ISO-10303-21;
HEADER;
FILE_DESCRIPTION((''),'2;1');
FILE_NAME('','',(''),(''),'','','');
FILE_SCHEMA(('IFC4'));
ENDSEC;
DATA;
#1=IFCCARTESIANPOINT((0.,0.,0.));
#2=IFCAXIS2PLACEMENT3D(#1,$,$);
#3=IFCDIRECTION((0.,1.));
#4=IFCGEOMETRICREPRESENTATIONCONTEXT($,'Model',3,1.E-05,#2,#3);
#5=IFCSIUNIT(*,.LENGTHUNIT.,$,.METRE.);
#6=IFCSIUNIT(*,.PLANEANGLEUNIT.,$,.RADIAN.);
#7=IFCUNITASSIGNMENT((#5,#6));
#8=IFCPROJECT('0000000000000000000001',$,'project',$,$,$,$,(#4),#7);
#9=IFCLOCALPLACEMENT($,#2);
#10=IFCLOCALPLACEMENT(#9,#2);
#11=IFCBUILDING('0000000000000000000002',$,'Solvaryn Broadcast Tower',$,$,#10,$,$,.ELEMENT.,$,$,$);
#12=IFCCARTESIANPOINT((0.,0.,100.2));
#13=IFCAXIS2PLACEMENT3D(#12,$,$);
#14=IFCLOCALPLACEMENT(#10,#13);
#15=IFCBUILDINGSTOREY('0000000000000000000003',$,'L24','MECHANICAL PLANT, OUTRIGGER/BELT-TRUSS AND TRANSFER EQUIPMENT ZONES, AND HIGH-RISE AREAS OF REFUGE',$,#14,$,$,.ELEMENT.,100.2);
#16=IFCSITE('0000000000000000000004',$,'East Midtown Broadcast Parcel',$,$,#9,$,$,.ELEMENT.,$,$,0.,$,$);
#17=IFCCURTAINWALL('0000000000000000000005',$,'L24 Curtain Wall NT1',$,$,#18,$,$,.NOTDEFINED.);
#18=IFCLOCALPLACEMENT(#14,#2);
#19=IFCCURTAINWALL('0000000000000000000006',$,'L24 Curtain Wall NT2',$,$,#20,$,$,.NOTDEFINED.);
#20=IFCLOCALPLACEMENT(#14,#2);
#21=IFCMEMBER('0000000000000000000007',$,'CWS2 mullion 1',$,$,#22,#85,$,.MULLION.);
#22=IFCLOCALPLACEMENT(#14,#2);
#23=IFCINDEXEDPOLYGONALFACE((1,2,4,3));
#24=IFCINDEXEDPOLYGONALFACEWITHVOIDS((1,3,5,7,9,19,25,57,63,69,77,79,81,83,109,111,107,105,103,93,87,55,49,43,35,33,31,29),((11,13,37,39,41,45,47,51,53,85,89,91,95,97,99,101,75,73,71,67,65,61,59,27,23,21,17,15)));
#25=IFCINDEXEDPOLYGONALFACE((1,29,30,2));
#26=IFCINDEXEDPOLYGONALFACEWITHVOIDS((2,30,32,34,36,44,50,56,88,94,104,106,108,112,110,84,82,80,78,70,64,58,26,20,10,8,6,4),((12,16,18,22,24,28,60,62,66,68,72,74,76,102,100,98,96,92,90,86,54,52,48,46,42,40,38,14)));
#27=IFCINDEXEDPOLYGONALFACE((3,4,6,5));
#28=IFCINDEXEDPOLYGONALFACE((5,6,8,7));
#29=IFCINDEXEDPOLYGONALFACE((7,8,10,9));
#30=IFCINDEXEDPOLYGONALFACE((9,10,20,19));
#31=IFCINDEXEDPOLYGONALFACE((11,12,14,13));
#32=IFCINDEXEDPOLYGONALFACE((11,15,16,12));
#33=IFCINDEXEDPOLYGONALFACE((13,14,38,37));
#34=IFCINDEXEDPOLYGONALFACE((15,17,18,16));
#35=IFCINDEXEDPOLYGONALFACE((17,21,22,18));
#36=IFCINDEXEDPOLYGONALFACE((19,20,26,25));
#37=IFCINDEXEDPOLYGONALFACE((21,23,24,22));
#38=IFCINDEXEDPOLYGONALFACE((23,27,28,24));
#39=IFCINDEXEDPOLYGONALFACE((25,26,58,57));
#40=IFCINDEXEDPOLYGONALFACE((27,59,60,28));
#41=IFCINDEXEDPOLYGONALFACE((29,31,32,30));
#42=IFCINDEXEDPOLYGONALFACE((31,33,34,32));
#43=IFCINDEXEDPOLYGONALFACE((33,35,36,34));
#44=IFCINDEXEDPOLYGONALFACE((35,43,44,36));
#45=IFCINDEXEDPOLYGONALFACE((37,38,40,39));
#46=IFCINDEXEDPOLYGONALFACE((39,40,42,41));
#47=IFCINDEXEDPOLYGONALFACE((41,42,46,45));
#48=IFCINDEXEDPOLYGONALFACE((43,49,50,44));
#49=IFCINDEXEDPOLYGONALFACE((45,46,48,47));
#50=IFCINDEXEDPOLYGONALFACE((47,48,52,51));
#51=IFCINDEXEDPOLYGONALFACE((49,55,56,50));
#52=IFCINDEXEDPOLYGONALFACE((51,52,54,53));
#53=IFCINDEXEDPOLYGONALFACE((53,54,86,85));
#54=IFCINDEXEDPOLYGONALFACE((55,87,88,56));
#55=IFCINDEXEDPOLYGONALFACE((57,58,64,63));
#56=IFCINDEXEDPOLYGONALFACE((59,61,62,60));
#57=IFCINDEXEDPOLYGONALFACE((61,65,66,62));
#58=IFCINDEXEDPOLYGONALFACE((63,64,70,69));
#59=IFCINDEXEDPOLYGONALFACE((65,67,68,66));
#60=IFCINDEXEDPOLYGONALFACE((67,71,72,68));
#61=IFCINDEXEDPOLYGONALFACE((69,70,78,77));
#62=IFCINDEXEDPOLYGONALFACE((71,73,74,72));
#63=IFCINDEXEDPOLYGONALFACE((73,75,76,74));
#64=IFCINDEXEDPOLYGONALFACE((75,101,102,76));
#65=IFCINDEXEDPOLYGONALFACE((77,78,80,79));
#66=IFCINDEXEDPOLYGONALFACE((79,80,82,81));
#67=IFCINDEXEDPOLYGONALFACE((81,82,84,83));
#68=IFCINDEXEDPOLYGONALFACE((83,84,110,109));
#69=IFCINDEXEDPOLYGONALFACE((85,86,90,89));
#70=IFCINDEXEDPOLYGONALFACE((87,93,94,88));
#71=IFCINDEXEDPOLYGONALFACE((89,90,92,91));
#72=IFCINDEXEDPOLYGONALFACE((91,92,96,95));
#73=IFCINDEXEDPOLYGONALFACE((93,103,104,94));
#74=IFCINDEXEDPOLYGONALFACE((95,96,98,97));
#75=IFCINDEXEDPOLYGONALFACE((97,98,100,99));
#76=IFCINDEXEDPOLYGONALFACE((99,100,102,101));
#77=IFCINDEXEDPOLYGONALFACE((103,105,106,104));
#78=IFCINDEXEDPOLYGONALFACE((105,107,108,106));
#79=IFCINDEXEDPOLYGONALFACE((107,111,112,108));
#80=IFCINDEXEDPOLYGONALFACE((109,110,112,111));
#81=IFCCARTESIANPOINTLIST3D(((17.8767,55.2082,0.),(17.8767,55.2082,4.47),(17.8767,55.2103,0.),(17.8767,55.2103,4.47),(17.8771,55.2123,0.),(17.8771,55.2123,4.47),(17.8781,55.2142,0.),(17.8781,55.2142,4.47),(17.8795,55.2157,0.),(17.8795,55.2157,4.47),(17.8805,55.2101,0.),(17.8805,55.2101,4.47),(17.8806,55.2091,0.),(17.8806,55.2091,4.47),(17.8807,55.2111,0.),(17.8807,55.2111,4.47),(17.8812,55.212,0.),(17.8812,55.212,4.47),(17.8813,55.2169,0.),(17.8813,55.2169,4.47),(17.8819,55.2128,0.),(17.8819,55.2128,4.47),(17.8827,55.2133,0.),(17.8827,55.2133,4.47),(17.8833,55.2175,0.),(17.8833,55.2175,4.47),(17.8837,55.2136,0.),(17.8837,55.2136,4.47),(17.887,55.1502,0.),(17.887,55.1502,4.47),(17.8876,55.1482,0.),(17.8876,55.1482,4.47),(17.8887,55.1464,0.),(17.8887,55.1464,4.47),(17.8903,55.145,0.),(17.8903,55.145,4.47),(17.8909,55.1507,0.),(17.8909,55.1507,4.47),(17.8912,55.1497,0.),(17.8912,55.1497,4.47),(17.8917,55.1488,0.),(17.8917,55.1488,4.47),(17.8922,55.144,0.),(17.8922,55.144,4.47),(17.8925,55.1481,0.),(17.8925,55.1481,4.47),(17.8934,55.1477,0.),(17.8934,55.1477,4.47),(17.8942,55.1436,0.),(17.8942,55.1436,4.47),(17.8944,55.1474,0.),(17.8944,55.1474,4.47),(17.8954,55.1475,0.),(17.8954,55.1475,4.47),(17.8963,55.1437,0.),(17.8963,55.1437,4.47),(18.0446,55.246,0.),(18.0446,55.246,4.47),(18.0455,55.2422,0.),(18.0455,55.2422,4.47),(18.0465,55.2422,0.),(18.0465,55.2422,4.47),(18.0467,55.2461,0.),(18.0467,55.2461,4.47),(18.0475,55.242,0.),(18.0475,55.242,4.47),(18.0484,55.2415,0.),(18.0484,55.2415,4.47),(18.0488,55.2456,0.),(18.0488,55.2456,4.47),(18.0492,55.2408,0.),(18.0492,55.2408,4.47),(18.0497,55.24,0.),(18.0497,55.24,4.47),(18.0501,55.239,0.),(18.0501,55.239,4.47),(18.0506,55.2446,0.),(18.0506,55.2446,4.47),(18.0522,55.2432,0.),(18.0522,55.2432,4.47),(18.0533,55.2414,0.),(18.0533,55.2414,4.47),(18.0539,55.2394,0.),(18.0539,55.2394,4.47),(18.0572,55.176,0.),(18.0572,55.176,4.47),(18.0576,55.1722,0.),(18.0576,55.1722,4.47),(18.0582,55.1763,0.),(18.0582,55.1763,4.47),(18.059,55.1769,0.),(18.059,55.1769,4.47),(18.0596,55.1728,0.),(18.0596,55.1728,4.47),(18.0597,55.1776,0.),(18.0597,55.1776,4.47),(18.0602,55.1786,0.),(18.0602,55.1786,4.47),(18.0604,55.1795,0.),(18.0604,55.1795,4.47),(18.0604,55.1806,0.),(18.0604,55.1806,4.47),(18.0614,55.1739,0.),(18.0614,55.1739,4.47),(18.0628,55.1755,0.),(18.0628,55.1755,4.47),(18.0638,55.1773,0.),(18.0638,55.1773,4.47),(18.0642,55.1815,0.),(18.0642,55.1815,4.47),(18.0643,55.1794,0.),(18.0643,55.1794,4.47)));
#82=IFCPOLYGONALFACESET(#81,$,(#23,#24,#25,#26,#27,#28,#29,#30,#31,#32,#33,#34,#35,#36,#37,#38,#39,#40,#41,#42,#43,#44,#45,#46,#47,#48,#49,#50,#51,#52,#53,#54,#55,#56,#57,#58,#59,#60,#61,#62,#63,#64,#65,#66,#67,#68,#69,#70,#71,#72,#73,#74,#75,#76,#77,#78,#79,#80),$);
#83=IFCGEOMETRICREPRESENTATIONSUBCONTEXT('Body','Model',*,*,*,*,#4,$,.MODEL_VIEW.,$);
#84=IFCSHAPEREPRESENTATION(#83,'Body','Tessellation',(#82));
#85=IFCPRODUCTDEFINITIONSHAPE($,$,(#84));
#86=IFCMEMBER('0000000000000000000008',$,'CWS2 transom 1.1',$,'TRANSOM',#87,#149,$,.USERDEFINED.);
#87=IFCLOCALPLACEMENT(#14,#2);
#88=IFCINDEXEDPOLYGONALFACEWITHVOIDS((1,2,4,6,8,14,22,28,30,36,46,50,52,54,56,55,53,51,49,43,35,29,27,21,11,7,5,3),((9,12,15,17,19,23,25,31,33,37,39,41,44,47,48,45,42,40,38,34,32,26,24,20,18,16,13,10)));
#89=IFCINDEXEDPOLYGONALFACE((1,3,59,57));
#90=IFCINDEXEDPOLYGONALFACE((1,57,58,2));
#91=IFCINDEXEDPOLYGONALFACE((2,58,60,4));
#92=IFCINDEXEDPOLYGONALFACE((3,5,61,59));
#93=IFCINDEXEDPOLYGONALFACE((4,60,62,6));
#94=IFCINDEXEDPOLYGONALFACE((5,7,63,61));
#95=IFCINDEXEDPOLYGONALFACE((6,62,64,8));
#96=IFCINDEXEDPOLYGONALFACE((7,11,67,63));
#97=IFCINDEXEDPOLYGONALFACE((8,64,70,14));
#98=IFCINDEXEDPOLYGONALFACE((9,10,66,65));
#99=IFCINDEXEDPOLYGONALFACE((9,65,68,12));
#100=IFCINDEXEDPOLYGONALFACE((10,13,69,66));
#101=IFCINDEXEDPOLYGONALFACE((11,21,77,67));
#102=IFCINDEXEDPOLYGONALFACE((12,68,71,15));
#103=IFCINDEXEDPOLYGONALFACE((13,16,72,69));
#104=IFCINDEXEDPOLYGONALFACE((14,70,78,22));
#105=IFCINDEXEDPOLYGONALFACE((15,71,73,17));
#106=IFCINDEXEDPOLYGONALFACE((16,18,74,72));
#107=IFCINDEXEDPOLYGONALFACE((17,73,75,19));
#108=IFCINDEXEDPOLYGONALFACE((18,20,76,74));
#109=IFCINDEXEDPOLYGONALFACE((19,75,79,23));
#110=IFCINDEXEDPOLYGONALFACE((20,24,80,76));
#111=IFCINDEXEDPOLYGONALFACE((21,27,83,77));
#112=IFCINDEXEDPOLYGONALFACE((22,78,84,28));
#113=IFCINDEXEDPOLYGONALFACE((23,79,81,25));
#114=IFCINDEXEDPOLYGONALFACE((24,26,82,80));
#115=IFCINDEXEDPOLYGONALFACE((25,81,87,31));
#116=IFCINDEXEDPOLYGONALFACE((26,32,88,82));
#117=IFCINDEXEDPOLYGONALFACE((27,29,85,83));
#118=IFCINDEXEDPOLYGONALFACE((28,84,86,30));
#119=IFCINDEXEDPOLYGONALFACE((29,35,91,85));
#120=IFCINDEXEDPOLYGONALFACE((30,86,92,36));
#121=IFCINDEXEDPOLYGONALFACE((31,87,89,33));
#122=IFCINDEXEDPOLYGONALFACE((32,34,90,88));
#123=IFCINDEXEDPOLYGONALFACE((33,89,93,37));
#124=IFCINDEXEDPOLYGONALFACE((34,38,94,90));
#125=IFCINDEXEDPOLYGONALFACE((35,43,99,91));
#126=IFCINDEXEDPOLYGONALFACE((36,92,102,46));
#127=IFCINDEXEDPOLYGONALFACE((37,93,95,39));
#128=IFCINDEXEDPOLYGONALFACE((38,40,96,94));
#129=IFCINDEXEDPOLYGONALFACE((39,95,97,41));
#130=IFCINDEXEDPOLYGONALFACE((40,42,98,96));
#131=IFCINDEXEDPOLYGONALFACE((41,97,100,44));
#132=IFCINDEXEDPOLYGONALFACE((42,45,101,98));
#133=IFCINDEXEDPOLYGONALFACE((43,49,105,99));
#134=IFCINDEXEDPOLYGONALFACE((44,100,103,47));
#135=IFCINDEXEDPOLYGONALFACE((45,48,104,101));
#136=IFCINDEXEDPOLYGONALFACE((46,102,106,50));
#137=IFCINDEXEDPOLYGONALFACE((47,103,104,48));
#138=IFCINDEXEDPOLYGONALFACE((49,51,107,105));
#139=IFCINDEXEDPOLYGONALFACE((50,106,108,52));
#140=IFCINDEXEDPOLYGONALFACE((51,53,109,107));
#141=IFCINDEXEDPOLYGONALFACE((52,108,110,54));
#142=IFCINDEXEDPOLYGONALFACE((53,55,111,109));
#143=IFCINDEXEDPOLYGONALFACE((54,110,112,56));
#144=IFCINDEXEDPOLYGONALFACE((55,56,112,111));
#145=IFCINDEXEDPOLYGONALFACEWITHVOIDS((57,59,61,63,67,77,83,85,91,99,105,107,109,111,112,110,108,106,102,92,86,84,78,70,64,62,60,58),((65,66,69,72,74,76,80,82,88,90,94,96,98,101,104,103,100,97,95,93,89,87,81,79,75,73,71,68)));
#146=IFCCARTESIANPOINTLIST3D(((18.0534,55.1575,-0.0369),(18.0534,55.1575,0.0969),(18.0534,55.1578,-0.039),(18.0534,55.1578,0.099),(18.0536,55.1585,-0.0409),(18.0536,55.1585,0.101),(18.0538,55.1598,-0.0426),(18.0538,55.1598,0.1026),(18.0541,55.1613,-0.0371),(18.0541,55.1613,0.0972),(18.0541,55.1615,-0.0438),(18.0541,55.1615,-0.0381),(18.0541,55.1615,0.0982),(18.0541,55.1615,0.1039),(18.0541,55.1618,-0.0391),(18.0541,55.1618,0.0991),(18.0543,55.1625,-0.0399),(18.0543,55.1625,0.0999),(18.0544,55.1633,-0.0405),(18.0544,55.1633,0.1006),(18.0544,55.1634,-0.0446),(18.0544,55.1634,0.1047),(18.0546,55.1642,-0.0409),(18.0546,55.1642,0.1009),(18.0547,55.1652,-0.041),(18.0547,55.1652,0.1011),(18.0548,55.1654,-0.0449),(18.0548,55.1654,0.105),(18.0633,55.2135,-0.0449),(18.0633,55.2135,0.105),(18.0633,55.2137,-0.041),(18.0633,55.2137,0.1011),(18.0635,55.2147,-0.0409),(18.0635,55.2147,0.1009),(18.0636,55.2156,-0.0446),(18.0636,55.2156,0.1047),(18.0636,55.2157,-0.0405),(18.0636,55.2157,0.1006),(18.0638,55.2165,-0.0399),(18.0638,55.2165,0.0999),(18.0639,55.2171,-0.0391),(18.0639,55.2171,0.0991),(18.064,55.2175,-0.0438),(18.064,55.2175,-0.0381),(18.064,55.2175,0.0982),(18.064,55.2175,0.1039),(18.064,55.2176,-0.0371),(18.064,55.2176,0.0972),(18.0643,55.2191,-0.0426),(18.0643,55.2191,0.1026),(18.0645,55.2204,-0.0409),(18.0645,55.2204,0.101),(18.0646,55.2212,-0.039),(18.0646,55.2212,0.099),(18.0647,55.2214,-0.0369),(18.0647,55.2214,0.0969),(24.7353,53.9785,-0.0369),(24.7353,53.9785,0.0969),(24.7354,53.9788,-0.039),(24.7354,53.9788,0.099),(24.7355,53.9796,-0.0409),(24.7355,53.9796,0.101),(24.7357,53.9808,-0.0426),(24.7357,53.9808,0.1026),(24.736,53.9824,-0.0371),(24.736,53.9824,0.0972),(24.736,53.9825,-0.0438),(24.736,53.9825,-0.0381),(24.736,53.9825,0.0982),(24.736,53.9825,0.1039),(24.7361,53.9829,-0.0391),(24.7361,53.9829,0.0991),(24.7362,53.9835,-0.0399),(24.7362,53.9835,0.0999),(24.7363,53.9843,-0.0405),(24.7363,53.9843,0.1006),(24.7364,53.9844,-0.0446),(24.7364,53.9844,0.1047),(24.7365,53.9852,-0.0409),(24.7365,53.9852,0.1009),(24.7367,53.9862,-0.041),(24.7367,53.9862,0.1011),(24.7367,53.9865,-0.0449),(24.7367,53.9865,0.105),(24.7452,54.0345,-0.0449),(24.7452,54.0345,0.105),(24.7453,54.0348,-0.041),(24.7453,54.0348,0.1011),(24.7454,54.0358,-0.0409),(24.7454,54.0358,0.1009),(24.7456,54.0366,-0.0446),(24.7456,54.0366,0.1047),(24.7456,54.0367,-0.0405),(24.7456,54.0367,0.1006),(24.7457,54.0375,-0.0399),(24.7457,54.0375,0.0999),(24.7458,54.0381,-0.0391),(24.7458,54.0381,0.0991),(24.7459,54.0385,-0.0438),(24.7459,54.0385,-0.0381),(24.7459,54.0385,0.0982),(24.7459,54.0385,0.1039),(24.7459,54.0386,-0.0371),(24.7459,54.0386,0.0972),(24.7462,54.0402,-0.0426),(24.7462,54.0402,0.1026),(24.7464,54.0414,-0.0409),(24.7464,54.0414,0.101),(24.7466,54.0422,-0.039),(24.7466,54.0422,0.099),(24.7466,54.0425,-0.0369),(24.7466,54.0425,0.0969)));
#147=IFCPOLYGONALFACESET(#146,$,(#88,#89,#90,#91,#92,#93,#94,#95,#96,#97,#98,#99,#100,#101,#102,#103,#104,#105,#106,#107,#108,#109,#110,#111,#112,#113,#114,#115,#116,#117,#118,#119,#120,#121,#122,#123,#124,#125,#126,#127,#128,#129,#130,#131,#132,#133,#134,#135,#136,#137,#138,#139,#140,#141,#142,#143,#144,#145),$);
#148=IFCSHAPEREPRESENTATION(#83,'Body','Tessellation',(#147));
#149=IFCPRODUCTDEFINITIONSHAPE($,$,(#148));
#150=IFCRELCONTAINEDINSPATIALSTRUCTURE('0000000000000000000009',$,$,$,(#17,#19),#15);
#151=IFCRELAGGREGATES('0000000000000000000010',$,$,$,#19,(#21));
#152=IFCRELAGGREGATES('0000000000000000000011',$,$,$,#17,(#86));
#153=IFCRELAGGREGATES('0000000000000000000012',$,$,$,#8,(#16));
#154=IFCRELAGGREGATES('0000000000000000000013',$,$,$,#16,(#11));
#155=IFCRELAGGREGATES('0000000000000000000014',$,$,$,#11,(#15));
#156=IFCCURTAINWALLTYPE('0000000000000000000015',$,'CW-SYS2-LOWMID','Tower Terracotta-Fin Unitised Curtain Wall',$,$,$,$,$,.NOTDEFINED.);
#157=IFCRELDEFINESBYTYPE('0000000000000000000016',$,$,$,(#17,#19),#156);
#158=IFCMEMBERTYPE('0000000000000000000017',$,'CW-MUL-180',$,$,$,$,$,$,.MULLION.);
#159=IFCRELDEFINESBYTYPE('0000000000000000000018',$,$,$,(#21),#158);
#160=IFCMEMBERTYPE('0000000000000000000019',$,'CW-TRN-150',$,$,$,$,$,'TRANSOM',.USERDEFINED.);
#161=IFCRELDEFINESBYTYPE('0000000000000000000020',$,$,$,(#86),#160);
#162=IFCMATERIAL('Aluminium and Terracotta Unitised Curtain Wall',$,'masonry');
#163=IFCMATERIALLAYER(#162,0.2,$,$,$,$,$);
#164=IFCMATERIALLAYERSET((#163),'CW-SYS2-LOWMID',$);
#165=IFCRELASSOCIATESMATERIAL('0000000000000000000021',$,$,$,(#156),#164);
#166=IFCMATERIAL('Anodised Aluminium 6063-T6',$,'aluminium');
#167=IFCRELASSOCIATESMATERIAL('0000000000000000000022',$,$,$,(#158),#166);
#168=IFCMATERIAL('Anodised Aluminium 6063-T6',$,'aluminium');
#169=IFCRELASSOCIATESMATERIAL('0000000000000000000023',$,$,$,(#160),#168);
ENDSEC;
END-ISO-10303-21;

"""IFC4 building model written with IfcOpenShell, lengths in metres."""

from ifc_helpers import new_model, si_unit, direction, frame, origin, origin_2d, place, context, subcontext, project, spatial, hollow_rectangle, extrude, material, layer, layer_set, material_profile, profile_set, type_object, element, aggregate, save


model = new_model("IFC4")

# Units and contexts
model_context = context("Model", 3, precision=1e-05, world=origin(), true_north=direction((0.0, 1.0)))
body_context = subcontext(model_context, "Body", "Model", "MODEL_VIEW")
ifc_project = project(units=[si_unit("LENGTHUNIT", "METRE"), si_unit("PLANEANGLEUNIT", "RADIAN")], contexts=[model_context])

# Site, building, storey
site_placement = place(None, origin())
site = spatial("IfcSite", under=ifc_project, at=site_placement, Name="East Midtown Broadcast Parcel", CompositionType="ELEMENT", RefElevation=0.0)
building_placement = place(site_placement, origin())
building = spatial("IfcBuilding", under=site, at=building_placement, Name="Solvaryn Broadcast Tower", CompositionType="ELEMENT")
storey_placement = place(building_placement, frame((0.0, 0.0, 100.2)))
storey = spatial("IfcBuildingStorey", under=building, at=storey_placement, Name="L24", Description="MECHANICAL PLANT, OUTRIGGER/BELT-TRUSS AND TRANSFER EQUIPMENT ZONES, AND HIGH-RISE AREAS OF REFUGE", CompositionType="ELEMENT", Elevation=100.2)

# Curtain wall
ifc_material_1 = material(Name="Aluminium and Terracotta Unitised Curtain Wall", Category="masonry")
ifc_layer_1 = layer(ifc_material_1, 0.2)
ifc_layer_set_1 = layer_set([ifc_layer_1], Name="CW-SYS2-LOWMID")
curtain_wall_type = type_object("IfcCurtainWallType", Name="CW-SYS2-LOWMID", Description="Tower Terracotta-Fin Unitised Curtain Wall", PredefinedType="NOTDEFINED", material=ifc_layer_set_1)
curtain_wall_1_placement = place(storey_placement, origin())
curtain_wall_1 = element("IfcCurtainWall", 1, at=curtain_wall_1_placement, inside=storey, type_object=curtain_wall_type, Name="L24 Curtain Wall NT1", PredefinedType="NOTDEFINED")
ifc_material_2 = material(Name="Anodised Aluminium 6063-T6", Category="aluminium")
ifc_material_profile_1 = material_profile(ifc_material_2, hollow_rectangle(XDim=0.075, YDim=0.1799, WallThickness=0.0039, InnerFilletRadius=0.0039, OuterFilletRadius=0.0081, at=origin_2d()))
ifc_profile_set_1 = profile_set([ifc_material_profile_1], Name="Anodised Aluminium 6063-T6")
member_type_1 = type_object("IfcMemberType", Name="CW-MUL-180", PredefinedType="MULLION", material=ifc_profile_set_1)

# Curtain wall, member
curtain_wall_2_placement = place(storey_placement, origin())
curtain_wall_2 = element("IfcCurtainWall", 2, at=curtain_wall_2_placement, inside=storey, type_object=curtain_wall_type, Name="L24 Curtain Wall NT2", PredefinedType="NOTDEFINED")
member_1_placement = place(storey_placement, frame((17.9705, 55.1948, 0.0), z_axis=(0.0, 0.0, 1.0), x_axis=(0.173785, -0.984784, 0.0)))
member_1 = element("IfcMember", 3, at=member_1_placement, type_object=member_type_1, Name="CWS2 mullion 1", PredefinedType="MULLION", context=body_context, shape_type="SweptSolid", body=[
    extrude(hollow_rectangle(XDim=0.075, YDim=0.1799, WallThickness=0.0039, InnerFilletRadius=0.0039, OuterFilletRadius=0.0081, at=origin_2d()), origin(), (0.0, 0.0, 1.0), 4.47),
])

# Member
ifc_material_3 = material(Name="Anodised Aluminium 6063-T6", Category="aluminium")
ifc_material_profile_2 = material_profile(ifc_material_3, hollow_rectangle(XDim=0.0649, YDim=0.1499, WallThickness=0.0039, InnerFilletRadius=0.0039, OuterFilletRadius=0.0081, at=origin_2d()))
ifc_profile_set_2 = profile_set([ifc_material_profile_2], Name="Anodised Aluminium 6063-T6")
member_type_2 = type_object("IfcMemberType", Name="CW-TRN-150", ElementType="TRANSOM", PredefinedType="USERDEFINED", material=ifc_profile_set_2)
member_2_placement = place(storey_placement, frame((24.741, 54.0105, 0.03), z_axis=(-0.984789, 0.173757, 0.0), x_axis=(-0.173757, -0.984789, 0.0)))
member_2 = element("IfcMember", 4, at=member_2_placement, type_object=member_type_2, Name="CWS2 transom 1.1", ObjectType="TRANSOM", PredefinedType="USERDEFINED", context=body_context, shape_type="SweptSolid", body=[
    extrude(hollow_rectangle(XDim=0.0649, YDim=0.1499, WallThickness=0.0039, InnerFilletRadius=0.0039, OuterFilletRadius=0.0081, at=origin_2d()), origin(), (0.0, 0.0, 1.0), 6.7852),
])
aggregate(curtain_wall_2, [member_1])

aggregate(curtain_wall_1, [member_2])

save(model, "model.ifc")
